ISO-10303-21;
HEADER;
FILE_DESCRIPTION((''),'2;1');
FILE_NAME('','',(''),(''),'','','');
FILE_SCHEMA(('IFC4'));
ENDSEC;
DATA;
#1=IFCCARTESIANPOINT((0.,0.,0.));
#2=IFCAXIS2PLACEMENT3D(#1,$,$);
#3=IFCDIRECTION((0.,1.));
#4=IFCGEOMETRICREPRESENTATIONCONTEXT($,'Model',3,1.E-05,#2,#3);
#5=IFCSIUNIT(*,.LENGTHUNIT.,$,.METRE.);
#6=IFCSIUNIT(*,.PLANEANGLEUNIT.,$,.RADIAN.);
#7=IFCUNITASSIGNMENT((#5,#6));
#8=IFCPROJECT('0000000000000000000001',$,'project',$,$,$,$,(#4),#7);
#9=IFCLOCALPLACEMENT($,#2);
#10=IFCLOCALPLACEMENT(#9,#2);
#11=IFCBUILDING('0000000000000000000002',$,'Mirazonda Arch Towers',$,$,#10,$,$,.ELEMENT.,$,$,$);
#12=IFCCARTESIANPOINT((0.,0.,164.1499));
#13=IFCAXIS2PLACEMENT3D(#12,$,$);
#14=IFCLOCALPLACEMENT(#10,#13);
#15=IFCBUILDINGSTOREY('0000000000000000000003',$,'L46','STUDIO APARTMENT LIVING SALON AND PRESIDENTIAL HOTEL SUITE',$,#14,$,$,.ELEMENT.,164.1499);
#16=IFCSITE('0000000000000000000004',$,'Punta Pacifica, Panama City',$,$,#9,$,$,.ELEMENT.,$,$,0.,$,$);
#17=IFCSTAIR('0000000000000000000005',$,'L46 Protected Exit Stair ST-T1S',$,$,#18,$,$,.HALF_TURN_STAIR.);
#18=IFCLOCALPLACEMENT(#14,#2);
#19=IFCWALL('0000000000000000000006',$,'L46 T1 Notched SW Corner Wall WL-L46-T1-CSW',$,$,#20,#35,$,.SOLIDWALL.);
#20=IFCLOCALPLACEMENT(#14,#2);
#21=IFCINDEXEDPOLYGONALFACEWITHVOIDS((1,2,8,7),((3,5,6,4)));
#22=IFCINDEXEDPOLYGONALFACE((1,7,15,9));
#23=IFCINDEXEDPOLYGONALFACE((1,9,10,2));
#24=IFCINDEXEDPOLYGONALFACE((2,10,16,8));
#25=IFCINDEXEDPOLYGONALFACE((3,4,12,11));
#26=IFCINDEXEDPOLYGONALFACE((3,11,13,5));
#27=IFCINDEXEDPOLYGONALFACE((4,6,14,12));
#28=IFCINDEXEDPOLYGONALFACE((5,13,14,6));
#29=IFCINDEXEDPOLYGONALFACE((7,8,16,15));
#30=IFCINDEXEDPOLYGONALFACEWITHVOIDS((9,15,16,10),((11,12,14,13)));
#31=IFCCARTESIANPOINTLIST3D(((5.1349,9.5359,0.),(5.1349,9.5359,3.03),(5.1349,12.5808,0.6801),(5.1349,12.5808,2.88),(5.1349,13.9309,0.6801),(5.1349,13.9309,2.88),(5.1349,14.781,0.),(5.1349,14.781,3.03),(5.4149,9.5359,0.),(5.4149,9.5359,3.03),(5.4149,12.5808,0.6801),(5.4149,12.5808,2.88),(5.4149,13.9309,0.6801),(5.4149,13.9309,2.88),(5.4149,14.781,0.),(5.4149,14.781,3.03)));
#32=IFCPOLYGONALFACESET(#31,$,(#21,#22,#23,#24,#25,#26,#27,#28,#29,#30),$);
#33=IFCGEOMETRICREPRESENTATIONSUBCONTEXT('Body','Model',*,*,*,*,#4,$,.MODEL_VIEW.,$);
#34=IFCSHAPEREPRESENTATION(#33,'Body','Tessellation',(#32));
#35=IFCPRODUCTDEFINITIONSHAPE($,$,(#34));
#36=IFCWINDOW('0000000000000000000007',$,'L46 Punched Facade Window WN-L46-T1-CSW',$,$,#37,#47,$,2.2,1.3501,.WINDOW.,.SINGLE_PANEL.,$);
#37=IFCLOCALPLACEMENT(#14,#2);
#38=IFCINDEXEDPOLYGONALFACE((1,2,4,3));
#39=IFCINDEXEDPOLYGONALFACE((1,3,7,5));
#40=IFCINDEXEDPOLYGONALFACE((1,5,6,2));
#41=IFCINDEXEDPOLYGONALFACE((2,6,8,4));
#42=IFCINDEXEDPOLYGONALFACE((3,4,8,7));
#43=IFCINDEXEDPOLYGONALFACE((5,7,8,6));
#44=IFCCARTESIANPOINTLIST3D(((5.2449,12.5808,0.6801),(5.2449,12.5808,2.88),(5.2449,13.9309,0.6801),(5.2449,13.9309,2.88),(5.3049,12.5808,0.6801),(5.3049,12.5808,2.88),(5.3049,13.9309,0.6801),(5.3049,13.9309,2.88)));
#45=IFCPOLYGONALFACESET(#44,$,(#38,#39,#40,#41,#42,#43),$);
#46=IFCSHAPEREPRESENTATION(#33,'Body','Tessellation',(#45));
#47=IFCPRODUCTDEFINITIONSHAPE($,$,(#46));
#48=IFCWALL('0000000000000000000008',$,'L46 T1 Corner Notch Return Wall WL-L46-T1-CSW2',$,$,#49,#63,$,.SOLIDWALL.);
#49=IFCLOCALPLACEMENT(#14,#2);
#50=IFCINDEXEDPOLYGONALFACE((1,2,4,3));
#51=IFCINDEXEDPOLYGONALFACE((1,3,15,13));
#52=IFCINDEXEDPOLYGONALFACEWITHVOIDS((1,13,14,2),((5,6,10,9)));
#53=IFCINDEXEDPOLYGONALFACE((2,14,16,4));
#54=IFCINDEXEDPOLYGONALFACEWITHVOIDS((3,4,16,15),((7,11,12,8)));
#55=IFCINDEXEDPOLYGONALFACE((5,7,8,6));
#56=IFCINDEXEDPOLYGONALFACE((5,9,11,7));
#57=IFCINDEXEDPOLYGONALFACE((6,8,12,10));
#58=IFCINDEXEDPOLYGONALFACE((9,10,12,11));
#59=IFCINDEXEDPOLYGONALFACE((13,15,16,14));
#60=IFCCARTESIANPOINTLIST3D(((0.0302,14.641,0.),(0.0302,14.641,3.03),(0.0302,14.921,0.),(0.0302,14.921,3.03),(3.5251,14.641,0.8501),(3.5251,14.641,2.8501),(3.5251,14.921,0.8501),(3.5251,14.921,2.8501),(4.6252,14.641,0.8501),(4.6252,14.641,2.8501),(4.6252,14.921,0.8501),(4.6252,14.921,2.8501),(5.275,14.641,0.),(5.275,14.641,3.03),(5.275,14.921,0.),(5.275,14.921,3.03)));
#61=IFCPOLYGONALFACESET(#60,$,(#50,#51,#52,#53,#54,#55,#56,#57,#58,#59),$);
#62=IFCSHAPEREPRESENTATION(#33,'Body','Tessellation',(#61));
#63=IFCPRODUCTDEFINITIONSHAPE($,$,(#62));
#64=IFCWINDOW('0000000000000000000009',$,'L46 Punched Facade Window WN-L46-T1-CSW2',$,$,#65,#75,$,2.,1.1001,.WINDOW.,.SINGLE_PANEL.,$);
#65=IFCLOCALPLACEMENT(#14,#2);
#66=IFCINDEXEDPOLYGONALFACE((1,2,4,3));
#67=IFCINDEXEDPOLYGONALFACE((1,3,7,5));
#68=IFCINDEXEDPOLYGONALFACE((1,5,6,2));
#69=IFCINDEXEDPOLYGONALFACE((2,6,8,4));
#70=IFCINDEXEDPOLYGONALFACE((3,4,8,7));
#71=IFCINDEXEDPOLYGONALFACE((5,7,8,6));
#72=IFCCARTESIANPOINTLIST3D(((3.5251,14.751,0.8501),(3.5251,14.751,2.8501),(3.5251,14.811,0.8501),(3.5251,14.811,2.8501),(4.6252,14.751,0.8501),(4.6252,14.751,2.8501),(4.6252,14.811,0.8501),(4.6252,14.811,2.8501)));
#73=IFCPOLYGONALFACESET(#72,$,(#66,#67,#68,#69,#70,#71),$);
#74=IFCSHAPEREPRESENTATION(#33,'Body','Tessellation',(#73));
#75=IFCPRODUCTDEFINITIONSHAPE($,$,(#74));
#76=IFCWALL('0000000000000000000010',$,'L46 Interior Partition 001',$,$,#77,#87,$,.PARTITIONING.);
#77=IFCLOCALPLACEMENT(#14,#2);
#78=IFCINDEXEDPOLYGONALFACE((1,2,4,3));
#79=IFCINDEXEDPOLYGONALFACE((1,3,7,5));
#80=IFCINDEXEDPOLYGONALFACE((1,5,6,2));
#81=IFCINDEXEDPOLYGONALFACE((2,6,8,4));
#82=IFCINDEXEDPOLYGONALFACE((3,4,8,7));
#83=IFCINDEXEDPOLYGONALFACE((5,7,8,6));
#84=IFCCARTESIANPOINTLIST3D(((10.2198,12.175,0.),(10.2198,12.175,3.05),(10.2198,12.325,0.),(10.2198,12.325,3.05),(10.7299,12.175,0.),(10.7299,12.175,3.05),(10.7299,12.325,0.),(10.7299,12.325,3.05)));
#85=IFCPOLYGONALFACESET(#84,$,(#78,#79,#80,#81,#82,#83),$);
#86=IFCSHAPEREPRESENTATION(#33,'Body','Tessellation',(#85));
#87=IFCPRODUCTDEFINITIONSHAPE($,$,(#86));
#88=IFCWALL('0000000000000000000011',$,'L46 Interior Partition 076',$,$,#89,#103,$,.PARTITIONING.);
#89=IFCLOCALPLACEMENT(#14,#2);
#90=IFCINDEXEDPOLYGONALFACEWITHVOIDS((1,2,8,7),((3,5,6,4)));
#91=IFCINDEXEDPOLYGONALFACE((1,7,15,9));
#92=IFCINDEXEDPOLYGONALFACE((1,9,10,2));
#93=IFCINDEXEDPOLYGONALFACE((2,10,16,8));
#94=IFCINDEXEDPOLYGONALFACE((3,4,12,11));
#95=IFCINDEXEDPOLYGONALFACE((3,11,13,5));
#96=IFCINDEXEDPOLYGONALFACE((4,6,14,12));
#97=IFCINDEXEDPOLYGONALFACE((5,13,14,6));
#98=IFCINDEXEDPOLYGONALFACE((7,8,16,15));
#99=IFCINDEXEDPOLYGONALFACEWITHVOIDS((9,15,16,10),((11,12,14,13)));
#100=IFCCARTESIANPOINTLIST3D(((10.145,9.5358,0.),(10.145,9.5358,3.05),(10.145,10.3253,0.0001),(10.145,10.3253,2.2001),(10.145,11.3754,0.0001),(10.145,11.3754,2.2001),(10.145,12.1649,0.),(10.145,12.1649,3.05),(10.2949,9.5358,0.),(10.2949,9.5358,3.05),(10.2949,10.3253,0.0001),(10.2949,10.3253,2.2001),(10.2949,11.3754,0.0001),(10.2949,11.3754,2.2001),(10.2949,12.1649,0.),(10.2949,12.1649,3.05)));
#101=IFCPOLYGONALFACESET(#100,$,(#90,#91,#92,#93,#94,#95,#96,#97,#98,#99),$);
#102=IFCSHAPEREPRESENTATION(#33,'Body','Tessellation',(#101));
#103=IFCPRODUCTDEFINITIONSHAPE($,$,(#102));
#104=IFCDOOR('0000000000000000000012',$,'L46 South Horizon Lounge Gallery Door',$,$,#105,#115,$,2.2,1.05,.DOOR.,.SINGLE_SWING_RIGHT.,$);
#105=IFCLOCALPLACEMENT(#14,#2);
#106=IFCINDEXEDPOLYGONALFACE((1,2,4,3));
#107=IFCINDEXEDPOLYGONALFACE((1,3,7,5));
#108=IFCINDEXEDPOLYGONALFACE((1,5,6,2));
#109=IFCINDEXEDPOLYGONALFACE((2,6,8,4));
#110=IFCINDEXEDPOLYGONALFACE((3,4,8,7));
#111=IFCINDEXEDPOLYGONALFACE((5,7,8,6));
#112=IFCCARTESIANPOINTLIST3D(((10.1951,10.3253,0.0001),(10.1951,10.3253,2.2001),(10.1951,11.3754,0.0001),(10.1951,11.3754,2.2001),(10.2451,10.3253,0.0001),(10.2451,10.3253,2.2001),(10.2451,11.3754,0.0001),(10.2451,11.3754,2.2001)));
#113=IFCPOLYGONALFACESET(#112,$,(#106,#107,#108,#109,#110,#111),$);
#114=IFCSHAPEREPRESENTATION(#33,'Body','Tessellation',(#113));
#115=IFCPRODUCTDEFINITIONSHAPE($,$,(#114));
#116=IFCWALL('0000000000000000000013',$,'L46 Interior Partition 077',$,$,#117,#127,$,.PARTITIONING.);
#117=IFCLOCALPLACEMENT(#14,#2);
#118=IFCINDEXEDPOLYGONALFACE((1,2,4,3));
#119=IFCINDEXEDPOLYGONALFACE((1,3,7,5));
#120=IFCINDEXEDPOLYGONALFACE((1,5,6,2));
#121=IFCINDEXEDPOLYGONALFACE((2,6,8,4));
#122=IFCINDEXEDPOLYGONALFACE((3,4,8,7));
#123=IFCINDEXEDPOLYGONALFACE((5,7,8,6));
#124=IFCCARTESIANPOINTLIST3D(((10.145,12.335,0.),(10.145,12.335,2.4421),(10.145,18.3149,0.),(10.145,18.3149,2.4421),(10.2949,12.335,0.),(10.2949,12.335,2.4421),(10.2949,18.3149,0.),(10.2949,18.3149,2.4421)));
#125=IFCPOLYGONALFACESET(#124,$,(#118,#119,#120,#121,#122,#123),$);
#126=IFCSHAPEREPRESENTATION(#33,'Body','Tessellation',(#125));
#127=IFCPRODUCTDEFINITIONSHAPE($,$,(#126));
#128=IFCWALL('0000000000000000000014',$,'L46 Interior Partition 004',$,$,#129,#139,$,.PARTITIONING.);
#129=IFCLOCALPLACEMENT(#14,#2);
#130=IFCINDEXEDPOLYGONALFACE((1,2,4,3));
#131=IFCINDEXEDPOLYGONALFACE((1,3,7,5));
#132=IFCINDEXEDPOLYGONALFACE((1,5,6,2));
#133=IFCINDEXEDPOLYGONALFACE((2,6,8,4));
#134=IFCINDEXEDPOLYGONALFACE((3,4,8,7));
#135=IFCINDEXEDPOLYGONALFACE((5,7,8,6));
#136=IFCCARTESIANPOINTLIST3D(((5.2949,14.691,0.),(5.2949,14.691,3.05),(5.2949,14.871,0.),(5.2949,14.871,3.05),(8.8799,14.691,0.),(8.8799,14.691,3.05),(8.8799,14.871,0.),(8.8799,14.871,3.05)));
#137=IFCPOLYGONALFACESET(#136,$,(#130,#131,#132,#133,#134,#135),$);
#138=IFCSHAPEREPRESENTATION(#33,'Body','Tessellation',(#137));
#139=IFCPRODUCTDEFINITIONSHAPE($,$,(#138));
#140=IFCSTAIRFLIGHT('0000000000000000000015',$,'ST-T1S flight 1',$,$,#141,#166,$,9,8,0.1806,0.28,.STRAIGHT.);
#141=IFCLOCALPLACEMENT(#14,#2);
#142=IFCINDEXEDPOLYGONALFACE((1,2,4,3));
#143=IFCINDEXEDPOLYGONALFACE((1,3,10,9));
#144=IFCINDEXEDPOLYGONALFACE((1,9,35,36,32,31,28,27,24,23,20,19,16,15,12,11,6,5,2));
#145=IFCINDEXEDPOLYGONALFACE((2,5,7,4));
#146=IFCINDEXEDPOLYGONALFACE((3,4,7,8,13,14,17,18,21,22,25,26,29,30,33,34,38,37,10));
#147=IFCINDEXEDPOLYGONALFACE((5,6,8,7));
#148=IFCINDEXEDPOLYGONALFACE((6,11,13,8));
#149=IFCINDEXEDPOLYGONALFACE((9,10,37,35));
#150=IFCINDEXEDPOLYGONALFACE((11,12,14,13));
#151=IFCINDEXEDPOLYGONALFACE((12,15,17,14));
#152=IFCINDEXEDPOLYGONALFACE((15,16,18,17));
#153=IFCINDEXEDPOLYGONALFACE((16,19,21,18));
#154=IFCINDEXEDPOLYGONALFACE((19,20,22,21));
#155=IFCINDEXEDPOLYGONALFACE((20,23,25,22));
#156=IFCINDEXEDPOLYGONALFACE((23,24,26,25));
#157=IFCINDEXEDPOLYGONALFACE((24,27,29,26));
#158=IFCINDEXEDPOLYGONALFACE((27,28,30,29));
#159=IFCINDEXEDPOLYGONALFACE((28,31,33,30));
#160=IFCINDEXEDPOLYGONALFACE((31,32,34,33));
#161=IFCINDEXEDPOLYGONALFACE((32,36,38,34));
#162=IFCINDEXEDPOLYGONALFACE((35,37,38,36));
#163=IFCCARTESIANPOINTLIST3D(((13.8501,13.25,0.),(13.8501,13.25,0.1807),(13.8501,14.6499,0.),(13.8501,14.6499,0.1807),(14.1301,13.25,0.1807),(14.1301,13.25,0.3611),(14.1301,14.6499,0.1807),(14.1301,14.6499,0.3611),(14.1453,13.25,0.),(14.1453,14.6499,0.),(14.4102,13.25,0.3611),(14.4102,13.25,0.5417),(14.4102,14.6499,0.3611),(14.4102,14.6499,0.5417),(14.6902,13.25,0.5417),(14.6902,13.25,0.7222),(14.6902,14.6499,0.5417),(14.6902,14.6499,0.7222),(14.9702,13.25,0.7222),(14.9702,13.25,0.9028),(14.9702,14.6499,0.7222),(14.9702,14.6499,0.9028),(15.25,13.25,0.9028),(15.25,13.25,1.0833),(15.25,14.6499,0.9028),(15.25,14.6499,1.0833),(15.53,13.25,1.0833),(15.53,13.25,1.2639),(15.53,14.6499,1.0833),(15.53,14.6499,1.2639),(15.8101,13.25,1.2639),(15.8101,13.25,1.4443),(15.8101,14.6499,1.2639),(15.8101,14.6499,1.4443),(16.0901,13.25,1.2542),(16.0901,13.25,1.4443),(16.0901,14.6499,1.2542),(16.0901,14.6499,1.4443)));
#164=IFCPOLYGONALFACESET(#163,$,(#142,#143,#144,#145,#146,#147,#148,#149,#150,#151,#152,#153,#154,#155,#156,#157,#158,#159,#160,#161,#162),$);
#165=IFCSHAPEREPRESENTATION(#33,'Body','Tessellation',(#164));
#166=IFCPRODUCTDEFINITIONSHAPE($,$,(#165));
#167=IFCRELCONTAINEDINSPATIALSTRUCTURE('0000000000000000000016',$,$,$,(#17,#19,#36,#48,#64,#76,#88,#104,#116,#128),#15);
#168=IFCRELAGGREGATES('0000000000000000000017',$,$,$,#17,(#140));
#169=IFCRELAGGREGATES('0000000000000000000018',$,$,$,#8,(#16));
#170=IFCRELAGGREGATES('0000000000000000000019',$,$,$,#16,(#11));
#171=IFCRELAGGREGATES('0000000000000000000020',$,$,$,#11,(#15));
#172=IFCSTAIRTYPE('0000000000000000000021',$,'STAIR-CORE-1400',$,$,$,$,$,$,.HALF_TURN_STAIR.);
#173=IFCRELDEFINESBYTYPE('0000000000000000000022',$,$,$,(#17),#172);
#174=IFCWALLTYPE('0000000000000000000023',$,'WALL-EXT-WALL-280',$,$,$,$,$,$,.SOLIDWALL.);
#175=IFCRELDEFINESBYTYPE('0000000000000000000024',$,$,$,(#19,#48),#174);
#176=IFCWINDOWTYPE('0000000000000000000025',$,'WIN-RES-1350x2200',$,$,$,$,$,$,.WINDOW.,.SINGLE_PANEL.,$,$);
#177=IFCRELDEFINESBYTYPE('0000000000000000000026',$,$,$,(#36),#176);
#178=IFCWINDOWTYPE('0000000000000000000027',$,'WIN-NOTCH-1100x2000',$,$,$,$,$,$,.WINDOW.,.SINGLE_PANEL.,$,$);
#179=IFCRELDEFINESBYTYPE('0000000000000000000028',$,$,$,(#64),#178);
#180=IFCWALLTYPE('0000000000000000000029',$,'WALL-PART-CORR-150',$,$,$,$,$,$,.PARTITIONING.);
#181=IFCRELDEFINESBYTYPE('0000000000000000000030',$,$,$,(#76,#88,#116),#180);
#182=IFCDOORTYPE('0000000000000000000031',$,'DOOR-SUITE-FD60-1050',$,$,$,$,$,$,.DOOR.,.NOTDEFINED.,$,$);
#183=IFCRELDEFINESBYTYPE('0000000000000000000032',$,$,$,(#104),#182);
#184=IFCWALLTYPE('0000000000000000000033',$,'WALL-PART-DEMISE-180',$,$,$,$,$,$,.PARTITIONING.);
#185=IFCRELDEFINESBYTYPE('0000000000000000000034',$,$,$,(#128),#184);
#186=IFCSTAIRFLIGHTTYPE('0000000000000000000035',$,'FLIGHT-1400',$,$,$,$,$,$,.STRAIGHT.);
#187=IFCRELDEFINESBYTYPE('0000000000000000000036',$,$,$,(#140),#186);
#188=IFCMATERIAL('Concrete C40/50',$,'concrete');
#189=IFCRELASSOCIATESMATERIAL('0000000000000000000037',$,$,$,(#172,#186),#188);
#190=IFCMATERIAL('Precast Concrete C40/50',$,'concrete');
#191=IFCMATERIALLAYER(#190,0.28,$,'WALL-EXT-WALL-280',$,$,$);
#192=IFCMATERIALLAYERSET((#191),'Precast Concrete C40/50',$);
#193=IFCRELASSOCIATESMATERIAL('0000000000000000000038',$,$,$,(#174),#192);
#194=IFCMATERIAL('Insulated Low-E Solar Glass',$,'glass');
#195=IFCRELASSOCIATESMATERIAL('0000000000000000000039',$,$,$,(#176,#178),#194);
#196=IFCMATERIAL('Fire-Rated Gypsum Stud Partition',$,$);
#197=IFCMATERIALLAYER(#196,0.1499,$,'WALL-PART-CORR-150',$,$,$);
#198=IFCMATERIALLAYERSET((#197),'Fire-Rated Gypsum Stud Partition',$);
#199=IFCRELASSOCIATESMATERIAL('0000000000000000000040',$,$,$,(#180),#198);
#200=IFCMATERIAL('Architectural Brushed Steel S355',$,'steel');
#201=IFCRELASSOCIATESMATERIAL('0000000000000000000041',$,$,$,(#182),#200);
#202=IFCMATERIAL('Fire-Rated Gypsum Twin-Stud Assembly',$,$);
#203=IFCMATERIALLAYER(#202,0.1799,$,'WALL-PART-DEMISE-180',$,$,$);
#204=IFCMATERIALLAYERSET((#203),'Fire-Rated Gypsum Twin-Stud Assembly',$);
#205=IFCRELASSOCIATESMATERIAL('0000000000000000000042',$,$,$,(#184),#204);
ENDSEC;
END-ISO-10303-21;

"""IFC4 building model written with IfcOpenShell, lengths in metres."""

from ifc_helpers import new_model, si_unit, direction, frame, frame_2d, origin, place, context, subcontext, project, spatial, polyline, rectangle, outline, extrude, material, layer, layer_set, type_object, element, fill, aggregate, save


model = new_model("IFC4")

# Units and contexts
model_context = context("Model", 3, precision=1e-05, world=origin(), true_north=direction((0.0, 1.0)))
body_context = subcontext(model_context, "Body", "Model", "MODEL_VIEW")
ifc_project = project(units=[si_unit("LENGTHUNIT", "METRE"), si_unit("PLANEANGLEUNIT", "RADIAN")], contexts=[model_context])

# Site, building, storey
site_placement = place(None, origin())
site = spatial("IfcSite", under=ifc_project, at=site_placement, Name="Punta Pacifica, Panama City", CompositionType="ELEMENT", RefElevation=0.0)
building_placement = place(site_placement, origin())
building = spatial("IfcBuilding", under=site, at=building_placement, Name="Mirazonda Arch Towers", CompositionType="ELEMENT")
storey_placement = place(building_placement, frame((0.0, 0.0, 164.1499)))
storey = spatial("IfcBuildingStorey", under=building, at=storey_placement, Name="L46", Description="STUDIO APARTMENT LIVING SALON AND PRESIDENTIAL HOTEL SUITE", CompositionType="ELEMENT", Elevation=164.1499)

# Shared definitions
ifc_material_1 = material(Name="Insulated Low-E Solar Glass", Category="glass")

# Stair
ifc_material_2 = material(Name="Concrete C40/50", Category="concrete")
stair_type = type_object("IfcStairType", Name="STAIR-CORE-1400", PredefinedType="HALF_TURN_STAIR", material=ifc_material_2)
stair_1_placement = place(storey_placement, origin())
stair_1 = element("IfcStair", 1, at=stair_1_placement, inside=storey, type_object=stair_type, Name="L46 Protected Exit Stair ST-T1S", PredefinedType="HALF_TURN_STAIR")

# Walls, openings, windows
ifc_material_3 = material(Name="Precast Concrete C40/50", Category="concrete")
ifc_layer_1 = layer(ifc_material_3, 0.28, Name="WALL-EXT-WALL-280")
ifc_layer_set_1 = layer_set([ifc_layer_1], Name="Precast Concrete C40/50")
wall_type_1 = type_object("IfcWallType", Name="WALL-EXT-WALL-280", PredefinedType="SOLIDWALL", material=ifc_layer_set_1)
wall_1_placement = place(storey_placement, frame((5.2749, 14.781, 0.0), z_axis=(0.0, 0.0, 1.0), x_axis=(0.0, -1.0, 0.0)))
wall_1 = element("IfcWall", 2, at=wall_1_placement, inside=storey, type_object=wall_type_1, Name="L46 T1 Notched SW Corner Wall WL-L46-T1-CSW", PredefinedType="SOLIDWALL", context=body_context, shape_type="SweptSolid", body=[
    extrude(rectangle(XDim=5.2451, YDim=0.28, at=frame_2d((2.6226, 0.0))), origin(), (0.0, 0.0, 1.0), 3.03),
])
opening_1_placement = place(wall_1_placement, frame((0.8501, 0.0, 0.6799)))
opening_1 = element("IfcOpeningElement", 3, at=opening_1_placement, cuts=wall_1, PredefinedType="OPENING", context=body_context, shape_type="SweptSolid", body=[
    extrude(rectangle(XDim=1.3501, YDim=2.2, at=frame_2d((0.675, 1.1001))), frame((0.0, 0.1499, 0.0), z_axis=(0.0, -1.0, 0.0), x_axis=(1.0, 0.0, 0.0)), (0.0, 0.0, 1.0), 0.3),
])
window_type_1 = type_object("IfcWindowType", Name="WIN-RES-1350x2200", PartitioningType="SINGLE_PANEL", PredefinedType="WINDOW", material=ifc_material_1)
window_1_placement = place(opening_1_placement, origin())
window_1 = element("IfcWindow", 4, at=window_1_placement, inside=storey, type_object=window_type_1, Name="L46 Punched Facade Window WN-L46-T1-CSW", OverallHeight=2.2, OverallWidth=1.3501, PartitioningType="SINGLE_PANEL", PredefinedType="WINDOW", context=body_context, shape_type="SweptSolid", body=[
    extrude(rectangle(XDim=1.3501, YDim=2.2, at=frame_2d((0.675, 1.1001))), frame((0.0, 0.03, 0.0), z_axis=(0.0, -1.0, 0.0), x_axis=(1.0, 0.0, 0.0)), (0.0, 0.0, 1.0), 0.0601),
])
fill(opening_1, window_1)
wall_2_placement = place(storey_placement, frame((0.03, 14.781, 0.0), z_axis=(0.0, 0.0, 1.0), x_axis=(1.0, 0.0, 0.0)))
wall_2 = element("IfcWall", 5, at=wall_2_placement, inside=storey, type_object=wall_type_1, Name="L46 T1 Corner Notch Return Wall WL-L46-T1-CSW2", PredefinedType="SOLIDWALL", context=body_context, shape_type="SweptSolid", body=[
    extrude(rectangle(XDim=5.2449, YDim=0.28, at=frame_2d((2.6226, 0.0))), origin(), (0.0, 0.0, 1.0), 3.03),
])
opening_2_placement = place(wall_2_placement, frame((3.4951, 0.0, 0.8501)))
opening_2 = element("IfcOpeningElement", 6, at=opening_2_placement, cuts=wall_2, PredefinedType="OPENING", context=body_context, shape_type="SweptSolid", body=[
    extrude(rectangle(XDim=1.1001, YDim=2.0, at=frame_2d((0.55, 1.0))), frame((0.0, 0.1499, 0.0), z_axis=(0.0, -1.0, 0.0), x_axis=(1.0, 0.0, 0.0)), (0.0, 0.0, 1.0), 0.3),
])
window_type_2 = type_object("IfcWindowType", Name="WIN-NOTCH-1100x2000", PartitioningType="SINGLE_PANEL", PredefinedType="WINDOW", material=ifc_material_1)
window_2_placement = place(opening_2_placement, origin())
window_2 = element("IfcWindow", 7, at=window_2_placement, inside=storey, type_object=window_type_2, Name="L46 Punched Facade Window WN-L46-T1-CSW2", OverallHeight=2.0, OverallWidth=1.1001, PartitioningType="SINGLE_PANEL", PredefinedType="WINDOW", context=body_context, shape_type="SweptSolid", body=[
    extrude(rectangle(XDim=1.1001, YDim=2.0, at=frame_2d((0.55, 1.0))), frame((0.0, 0.03, 0.0), z_axis=(0.0, -1.0, 0.0), x_axis=(1.0, 0.0, 0.0)), (0.0, 0.0, 1.0), 0.0601),
])
fill(opening_2, window_2)

# Wall
ifc_material_4 = material(Name="Fire-Rated Gypsum Stud Partition")
ifc_layer_2 = layer(ifc_material_4, 0.1499, Name="WALL-PART-CORR-150")
ifc_layer_set_2 = layer_set([ifc_layer_2], Name="Fire-Rated Gypsum Stud Partition")
wall_type_2 = type_object("IfcWallType", Name="WALL-PART-CORR-150", PredefinedType="PARTITIONING", material=ifc_layer_set_2)
wall_3_placement = place(storey_placement, frame((10.22, 12.25, 0.0), z_axis=(0.0, 0.0, 1.0), x_axis=(1.0, 0.0, 0.0)))
element("IfcWall", 8, at=wall_3_placement, inside=storey, type_object=wall_type_2, Name="L46 Interior Partition 001", PredefinedType="PARTITIONING", context=body_context, shape_type="SweptSolid", body=[
    extrude(rectangle(XDim=0.51, YDim=0.1499, at=frame_2d((0.2549, 0.0))), origin(), (0.0, 0.0, 1.0), 3.05),
])

# Wall, opening, door
wall_4_placement = place(storey_placement, frame((10.22, 9.5359, 0.0), z_axis=(0.0, 0.0, 1.0), x_axis=(0.0, 1.0, 0.0)))
wall_4 = element("IfcWall", 9, at=wall_4_placement, inside=storey, type_object=wall_type_2, Name="L46 Interior Partition 076", PredefinedType="PARTITIONING", context=body_context, shape_type="SweptSolid", body=[
    extrude(rectangle(XDim=2.6292, YDim=0.1499, at=frame_2d((1.3145, 0.0))), origin(), (0.0, 0.0, 1.0), 3.05),
])
opening_3_placement = place(wall_4_placement, frame((0.7896, 0.0, 0.0)))
opening_3 = element("IfcOpeningElement", 10, at=opening_3_placement, cuts=wall_4, PredefinedType="OPENING", context=body_context, shape_type="SweptSolid", body=[
    extrude(rectangle(XDim=1.05, YDim=2.2, at=frame_2d((0.5249, 1.1001))), frame((0.0, 0.085, 0.0), z_axis=(0.0, -1.0, 0.0), x_axis=(1.0, 0.0, 0.0)), (0.0, 0.0, 1.0), 0.1699),
])
ifc_material_5 = material(Name="Architectural Brushed Steel S355", Category="steel")
door_type_1 = type_object("IfcDoorType", Name="DOOR-SUITE-FD60-1050", OperationType="NOTDEFINED", PredefinedType="DOOR", material=ifc_material_5)
door_1_placement = place(opening_3_placement, origin())
door_1 = element("IfcDoor", 11, at=door_1_placement, inside=storey, type_object=door_type_1, Name="L46 South Horizon Lounge Gallery Door", OperationType="SINGLE_SWING_RIGHT", OverallHeight=2.2, OverallWidth=1.05, PredefinedType="DOOR", context=body_context, shape_type="SweptSolid", body=[
    extrude(rectangle(XDim=1.05, YDim=2.2, at=frame_2d((0.5249, 1.1001))), frame((0.0, 0.0249, 0.0), z_axis=(0.0, -1.0, 0.0), x_axis=(1.0, 0.0, 0.0)), (0.0, 0.0, 1.0), 0.05),
])
fill(opening_3, door_1)

# Walls
wall_5_placement = place(storey_placement, frame((10.22, 12.335, 0.0), z_axis=(0.0, 0.0, 1.0), x_axis=(0.0, 1.0, 0.0)))
element("IfcWall", 12, at=wall_5_placement, inside=storey, type_object=wall_type_2, Name="L46 Interior Partition 077", PredefinedType="PARTITIONING", context=body_context, shape_type="SweptSolid", body=[
    extrude(rectangle(XDim=5.98, YDim=0.1499, at=frame_2d((2.99, 0.0))), origin(), (0.0, 0.0, 1.0), 2.4421),
])
ifc_material_6 = material(Name="Fire-Rated Gypsum Twin-Stud Assembly")
ifc_layer_3 = layer(ifc_material_6, 0.1799, Name="WALL-PART-DEMISE-180")
ifc_layer_set_3 = layer_set([ifc_layer_3], Name="Fire-Rated Gypsum Twin-Stud Assembly")
wall_type_3 = type_object("IfcWallType", Name="WALL-PART-DEMISE-180", PredefinedType="PARTITIONING", material=ifc_layer_set_3)
wall_6_placement = place(storey_placement, frame((5.2949, 14.781, 0.0), z_axis=(0.0, 0.0, 1.0), x_axis=(1.0, 0.0, 0.0)))
element("IfcWall", 13, at=wall_6_placement, inside=storey, type_object=wall_type_3, Name="L46 Interior Partition 004", PredefinedType="PARTITIONING", context=body_context, shape_type="SweptSolid", body=[
    extrude(rectangle(XDim=3.585, YDim=0.1799, at=frame_2d((1.7925, 0.0))), origin(), (0.0, 0.0, 1.0), 3.05),
])

# Stair flight
stair_flight_type = type_object("IfcStairFlightType", Name="FLIGHT-1400", PredefinedType="STRAIGHT", material=ifc_material_2)
stair_flight_placement = place(storey_placement, frame((13.8501, 13.95, 0.0), z_axis=(0.0, 0.0, 1.0), x_axis=(1.0, 0.0, 0.0)))
stair_flight = element("IfcStairFlight", 14, at=stair_flight_placement, type_object=stair_flight_type, Name="ST-T1S flight 1", NumberOfRisers=9, NumberOfTreads=8, PredefinedType="STRAIGHT", RiserHeight=0.1806, TreadLength=0.28, context=body_context, shape_type="SweptSolid", body=[
    extrude(outline(polyline([(0.0, 0.0), (0.0, 0.1807), (0.28, 0.1807), (0.28, 0.3611), (0.5601, 0.3611), (0.5601, 0.5417), (0.8401, 0.5417), (0.8401, 0.7222), (1.1201, 0.7222), (1.1201, 0.9028), (1.3999, 0.9028), (1.3999, 1.0833), (1.6799, 1.0833), (1.6799, 1.2639), (1.96, 1.2639), (1.96, 1.4443), (2.24, 1.4443), (2.24, 1.625), (2.24, 1.2542), (0.2952, 0.0), (0.0, 0.0)])), frame((0.0, 0.7, 0.0), z_axis=(0.0, -1.0, 0.0), x_axis=(1.0, 0.0, 0.0)), (0.0, 0.0, 1.0), 1.3999),
])
aggregate(stair_1, [stair_flight])

save(model, "model.ifc")
